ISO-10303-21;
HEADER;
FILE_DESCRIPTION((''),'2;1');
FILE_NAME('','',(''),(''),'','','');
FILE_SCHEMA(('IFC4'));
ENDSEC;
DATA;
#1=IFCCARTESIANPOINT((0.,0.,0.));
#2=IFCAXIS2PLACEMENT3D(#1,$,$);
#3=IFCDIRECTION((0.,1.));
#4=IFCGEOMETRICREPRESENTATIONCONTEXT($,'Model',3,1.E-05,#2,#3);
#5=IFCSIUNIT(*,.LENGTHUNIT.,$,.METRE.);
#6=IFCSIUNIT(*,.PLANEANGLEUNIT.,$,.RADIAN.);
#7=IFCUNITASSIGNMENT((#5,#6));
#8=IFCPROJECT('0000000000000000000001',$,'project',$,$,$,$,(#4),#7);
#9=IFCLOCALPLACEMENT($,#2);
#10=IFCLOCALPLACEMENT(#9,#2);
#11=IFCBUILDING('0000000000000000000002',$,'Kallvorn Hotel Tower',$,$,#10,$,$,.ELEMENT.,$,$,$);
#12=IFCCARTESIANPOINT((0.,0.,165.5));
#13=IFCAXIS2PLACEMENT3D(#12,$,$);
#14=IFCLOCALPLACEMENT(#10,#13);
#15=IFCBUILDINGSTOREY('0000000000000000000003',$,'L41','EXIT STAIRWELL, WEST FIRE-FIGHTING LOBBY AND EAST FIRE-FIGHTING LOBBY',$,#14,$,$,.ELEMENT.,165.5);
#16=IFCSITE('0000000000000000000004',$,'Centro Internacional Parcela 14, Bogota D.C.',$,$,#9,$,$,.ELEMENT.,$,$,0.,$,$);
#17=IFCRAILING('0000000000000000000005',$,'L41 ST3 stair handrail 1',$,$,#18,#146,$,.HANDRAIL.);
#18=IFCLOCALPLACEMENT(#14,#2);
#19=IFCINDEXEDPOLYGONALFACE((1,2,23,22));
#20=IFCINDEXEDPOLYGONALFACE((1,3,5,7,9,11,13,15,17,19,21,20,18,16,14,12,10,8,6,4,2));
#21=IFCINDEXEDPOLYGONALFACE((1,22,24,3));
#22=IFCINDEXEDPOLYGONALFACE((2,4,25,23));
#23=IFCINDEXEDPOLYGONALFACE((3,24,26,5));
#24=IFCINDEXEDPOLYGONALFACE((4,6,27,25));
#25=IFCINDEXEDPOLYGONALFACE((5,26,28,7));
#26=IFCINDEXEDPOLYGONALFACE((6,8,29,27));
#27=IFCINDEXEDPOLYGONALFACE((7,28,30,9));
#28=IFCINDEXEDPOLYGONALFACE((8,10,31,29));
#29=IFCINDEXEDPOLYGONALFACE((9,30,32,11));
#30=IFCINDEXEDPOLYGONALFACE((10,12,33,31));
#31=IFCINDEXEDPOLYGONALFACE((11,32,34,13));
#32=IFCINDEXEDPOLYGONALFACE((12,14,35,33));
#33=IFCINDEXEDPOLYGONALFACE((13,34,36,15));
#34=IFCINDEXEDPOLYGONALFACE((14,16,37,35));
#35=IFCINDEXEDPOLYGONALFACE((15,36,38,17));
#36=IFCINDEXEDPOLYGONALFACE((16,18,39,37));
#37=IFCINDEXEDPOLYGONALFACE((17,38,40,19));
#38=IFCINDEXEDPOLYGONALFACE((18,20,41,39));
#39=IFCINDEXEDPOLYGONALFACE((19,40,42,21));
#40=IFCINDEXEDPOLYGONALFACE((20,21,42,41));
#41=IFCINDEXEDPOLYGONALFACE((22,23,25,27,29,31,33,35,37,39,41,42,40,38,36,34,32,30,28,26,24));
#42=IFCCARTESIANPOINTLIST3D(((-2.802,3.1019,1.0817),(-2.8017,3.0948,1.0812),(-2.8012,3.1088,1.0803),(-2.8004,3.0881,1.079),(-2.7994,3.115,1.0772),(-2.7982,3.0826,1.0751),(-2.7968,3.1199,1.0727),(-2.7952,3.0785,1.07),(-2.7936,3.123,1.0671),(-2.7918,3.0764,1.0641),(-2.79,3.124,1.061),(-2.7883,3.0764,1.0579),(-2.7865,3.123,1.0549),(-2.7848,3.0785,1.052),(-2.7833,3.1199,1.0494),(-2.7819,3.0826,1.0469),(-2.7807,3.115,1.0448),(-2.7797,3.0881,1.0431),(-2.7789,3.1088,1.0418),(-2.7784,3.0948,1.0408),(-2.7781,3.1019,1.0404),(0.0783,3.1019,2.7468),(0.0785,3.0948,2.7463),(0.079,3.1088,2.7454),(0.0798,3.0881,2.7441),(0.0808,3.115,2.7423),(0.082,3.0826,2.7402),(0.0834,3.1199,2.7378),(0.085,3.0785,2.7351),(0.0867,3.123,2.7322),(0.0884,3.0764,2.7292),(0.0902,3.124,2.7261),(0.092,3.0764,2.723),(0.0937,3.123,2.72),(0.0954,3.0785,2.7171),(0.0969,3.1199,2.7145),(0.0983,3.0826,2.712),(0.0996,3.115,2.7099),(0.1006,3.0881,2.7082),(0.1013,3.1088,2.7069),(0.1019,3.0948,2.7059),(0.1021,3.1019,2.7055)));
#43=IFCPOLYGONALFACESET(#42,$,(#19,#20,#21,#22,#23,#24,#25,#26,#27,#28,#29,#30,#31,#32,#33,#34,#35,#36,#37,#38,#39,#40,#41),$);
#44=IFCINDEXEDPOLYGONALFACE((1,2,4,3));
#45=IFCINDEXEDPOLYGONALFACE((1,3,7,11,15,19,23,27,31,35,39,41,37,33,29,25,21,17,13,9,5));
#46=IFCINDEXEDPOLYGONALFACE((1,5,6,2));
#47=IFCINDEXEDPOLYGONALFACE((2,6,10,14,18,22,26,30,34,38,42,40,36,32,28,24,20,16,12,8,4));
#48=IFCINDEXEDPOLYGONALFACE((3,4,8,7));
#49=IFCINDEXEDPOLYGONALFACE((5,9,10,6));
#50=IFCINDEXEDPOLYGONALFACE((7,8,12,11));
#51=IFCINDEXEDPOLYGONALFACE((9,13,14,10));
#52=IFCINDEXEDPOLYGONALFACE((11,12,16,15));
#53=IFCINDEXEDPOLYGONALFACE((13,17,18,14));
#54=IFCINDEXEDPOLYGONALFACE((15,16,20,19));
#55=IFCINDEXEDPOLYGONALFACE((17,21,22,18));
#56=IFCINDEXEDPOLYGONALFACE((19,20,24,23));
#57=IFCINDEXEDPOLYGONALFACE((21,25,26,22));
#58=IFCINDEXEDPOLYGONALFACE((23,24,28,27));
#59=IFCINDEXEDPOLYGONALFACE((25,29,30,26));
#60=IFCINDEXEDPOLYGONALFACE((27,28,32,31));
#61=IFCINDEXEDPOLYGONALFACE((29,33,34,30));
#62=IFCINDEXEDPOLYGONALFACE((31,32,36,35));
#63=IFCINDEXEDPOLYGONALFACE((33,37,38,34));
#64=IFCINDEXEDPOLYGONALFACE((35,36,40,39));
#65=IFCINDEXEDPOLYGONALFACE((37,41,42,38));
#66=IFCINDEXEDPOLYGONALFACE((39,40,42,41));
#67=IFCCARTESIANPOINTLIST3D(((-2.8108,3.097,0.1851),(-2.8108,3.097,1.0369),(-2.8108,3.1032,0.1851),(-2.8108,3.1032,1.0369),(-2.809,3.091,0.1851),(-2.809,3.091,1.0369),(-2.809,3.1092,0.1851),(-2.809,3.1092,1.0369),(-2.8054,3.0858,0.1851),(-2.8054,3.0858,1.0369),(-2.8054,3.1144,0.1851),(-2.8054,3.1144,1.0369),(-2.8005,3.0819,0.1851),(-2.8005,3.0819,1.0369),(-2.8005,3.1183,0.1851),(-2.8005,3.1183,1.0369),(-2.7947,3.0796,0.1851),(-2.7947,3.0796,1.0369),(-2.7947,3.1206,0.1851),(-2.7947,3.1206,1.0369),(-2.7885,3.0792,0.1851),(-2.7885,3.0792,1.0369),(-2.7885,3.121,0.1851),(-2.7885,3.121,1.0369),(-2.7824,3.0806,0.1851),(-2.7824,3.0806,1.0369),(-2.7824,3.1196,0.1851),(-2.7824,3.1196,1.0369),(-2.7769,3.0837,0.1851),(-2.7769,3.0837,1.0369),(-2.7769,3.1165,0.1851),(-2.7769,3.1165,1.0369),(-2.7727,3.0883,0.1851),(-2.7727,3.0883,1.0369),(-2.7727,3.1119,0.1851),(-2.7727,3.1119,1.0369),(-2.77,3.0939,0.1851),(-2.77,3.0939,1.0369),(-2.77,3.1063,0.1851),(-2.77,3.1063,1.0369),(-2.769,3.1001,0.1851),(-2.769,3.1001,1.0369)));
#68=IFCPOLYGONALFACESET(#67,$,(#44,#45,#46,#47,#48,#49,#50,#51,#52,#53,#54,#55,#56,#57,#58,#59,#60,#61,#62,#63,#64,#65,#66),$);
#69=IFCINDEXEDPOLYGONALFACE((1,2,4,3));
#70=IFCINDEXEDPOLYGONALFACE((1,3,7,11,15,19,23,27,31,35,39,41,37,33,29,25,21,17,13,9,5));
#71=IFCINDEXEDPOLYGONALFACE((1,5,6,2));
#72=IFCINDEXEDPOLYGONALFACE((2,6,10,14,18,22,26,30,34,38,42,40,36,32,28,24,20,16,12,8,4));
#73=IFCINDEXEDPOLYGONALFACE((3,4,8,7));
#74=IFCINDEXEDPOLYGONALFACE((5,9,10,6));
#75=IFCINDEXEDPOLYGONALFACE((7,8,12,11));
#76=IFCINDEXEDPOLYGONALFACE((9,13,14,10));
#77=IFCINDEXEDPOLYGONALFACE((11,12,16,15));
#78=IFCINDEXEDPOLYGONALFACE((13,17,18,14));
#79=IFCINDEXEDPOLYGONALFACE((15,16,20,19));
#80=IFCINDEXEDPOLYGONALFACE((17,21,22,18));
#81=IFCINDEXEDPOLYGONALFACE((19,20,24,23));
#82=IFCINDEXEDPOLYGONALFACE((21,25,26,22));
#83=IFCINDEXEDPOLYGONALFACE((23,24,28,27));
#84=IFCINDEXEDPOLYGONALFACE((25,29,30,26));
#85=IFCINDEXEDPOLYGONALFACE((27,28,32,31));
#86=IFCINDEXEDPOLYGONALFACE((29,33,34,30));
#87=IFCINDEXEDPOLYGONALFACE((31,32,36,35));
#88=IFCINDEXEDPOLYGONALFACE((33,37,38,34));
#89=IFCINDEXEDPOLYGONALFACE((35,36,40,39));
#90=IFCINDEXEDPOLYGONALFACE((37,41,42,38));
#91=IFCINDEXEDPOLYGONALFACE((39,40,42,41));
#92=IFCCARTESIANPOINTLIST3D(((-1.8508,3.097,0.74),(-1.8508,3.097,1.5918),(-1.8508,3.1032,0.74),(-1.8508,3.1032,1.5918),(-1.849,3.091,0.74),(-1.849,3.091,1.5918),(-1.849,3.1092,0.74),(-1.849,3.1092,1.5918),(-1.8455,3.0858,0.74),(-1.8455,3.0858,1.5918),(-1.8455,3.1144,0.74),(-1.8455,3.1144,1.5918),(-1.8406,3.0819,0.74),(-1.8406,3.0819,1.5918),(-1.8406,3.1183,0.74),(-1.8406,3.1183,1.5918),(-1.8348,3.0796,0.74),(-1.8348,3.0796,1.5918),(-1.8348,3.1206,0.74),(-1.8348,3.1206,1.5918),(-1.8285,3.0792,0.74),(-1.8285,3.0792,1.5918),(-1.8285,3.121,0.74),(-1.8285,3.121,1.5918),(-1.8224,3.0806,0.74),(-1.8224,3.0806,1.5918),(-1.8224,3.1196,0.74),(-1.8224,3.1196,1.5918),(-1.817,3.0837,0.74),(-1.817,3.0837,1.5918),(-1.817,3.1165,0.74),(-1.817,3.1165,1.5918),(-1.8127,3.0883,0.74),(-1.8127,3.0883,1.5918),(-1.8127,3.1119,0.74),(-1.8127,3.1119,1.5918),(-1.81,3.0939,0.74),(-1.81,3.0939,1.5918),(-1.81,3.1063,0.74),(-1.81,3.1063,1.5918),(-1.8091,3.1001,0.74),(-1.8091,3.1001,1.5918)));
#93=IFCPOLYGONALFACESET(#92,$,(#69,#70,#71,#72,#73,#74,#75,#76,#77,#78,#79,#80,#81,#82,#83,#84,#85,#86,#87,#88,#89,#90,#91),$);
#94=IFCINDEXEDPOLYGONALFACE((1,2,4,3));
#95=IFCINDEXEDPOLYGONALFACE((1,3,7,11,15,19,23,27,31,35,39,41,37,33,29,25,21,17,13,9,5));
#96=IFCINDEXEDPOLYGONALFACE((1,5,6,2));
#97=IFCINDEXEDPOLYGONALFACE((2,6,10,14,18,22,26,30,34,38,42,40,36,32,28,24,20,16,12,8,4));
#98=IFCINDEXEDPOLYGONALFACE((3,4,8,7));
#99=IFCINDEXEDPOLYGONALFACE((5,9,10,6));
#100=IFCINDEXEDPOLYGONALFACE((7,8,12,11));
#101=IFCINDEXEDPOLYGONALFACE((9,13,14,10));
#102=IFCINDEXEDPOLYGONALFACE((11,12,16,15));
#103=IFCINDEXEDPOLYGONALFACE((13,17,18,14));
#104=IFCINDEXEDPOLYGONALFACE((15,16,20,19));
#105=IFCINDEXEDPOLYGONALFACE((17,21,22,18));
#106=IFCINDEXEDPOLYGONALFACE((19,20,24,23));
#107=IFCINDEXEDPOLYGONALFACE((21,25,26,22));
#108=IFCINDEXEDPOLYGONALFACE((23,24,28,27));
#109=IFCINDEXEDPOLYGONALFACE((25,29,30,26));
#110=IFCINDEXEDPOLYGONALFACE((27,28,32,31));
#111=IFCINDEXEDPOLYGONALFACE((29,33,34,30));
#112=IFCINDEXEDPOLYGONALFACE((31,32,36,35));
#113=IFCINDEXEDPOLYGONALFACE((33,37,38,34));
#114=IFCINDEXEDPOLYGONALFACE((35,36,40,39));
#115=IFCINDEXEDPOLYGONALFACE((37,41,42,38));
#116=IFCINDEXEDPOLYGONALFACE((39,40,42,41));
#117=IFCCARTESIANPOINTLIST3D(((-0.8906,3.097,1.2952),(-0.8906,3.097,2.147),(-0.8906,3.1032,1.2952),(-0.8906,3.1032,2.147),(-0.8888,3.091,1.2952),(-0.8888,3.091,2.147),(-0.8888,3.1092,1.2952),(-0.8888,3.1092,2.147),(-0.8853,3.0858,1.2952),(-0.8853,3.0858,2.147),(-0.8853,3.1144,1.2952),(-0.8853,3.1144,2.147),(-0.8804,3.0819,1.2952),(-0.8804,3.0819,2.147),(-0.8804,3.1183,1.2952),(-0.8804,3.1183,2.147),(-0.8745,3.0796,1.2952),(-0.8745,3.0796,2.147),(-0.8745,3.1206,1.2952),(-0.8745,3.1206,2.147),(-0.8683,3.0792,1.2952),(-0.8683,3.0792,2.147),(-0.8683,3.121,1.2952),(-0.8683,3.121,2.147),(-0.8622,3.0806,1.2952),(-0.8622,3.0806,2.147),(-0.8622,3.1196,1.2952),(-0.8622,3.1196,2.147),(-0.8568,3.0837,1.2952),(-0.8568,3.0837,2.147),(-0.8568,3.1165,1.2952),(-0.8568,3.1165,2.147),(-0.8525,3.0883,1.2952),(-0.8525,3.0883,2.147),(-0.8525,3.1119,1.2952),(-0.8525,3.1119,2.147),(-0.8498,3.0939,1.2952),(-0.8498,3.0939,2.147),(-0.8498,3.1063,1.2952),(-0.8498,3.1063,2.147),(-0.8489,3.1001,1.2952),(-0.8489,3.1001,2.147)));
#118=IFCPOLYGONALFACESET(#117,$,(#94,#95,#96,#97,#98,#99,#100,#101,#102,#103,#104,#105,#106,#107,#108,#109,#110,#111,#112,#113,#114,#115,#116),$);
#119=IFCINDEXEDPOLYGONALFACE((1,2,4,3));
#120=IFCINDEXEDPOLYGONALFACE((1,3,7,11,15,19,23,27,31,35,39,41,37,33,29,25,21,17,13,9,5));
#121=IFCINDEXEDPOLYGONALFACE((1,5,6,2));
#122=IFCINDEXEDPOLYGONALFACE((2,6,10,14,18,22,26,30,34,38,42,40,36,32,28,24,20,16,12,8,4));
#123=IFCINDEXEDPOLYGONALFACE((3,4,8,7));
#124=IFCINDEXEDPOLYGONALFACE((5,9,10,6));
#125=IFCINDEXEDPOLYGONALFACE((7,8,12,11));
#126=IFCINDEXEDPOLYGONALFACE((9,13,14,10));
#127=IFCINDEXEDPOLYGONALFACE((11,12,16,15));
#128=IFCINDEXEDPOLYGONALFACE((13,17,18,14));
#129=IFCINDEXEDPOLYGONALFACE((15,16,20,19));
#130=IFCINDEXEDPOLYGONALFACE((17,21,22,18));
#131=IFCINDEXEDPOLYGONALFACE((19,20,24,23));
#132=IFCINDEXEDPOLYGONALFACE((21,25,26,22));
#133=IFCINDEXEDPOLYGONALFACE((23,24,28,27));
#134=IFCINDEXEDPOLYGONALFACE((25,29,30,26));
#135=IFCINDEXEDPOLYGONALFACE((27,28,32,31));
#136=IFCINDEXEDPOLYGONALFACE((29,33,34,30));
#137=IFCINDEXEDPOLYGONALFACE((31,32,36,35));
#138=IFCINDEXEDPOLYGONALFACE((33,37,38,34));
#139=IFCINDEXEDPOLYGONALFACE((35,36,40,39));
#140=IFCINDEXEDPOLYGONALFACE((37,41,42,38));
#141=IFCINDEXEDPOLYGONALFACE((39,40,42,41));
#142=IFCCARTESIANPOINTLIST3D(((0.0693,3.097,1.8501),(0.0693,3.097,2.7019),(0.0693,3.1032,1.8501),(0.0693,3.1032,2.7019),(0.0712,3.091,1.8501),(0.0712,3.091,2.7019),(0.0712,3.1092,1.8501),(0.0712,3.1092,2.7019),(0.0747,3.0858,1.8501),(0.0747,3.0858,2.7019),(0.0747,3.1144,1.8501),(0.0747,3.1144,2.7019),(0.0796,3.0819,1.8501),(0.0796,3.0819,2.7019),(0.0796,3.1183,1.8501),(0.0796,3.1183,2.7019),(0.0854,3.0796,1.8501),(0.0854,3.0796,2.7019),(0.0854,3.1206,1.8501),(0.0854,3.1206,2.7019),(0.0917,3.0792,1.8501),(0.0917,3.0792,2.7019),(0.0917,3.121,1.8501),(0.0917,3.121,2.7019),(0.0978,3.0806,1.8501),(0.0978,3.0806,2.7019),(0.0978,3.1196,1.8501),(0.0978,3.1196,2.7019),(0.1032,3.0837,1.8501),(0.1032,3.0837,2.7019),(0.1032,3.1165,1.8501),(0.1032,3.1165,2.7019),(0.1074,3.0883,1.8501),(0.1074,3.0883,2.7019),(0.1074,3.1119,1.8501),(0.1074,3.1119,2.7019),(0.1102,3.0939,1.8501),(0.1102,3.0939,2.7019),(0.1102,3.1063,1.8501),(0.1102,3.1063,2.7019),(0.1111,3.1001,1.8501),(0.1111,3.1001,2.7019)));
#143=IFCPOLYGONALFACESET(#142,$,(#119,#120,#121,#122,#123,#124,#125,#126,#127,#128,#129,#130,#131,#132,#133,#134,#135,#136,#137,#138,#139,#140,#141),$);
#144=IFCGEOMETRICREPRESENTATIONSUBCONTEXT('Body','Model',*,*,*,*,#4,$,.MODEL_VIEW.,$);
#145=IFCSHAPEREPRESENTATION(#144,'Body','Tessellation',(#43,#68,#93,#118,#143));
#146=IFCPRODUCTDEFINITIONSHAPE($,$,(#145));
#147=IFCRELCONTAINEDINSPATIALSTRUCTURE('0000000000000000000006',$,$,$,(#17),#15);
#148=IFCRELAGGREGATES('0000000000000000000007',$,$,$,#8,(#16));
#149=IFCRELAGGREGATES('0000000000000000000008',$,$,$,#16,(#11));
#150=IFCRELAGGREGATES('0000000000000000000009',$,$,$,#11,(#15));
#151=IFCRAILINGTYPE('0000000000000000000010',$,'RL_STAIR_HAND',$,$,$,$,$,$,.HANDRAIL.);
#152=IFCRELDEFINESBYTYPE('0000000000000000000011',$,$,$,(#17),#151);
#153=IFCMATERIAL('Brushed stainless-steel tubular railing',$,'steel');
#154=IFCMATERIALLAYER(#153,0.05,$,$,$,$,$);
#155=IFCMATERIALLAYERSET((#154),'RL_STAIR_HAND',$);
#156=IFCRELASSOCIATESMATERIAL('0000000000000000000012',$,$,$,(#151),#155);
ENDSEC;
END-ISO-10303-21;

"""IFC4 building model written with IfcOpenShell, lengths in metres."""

from ifc_helpers import new_model, si_unit, direction, frame, origin, origin_2d, place, context, subcontext, project, spatial, circle, extrude, material, layer, layer_set, type_object, element, save


model = new_model("IFC4")

# Units and contexts
model_context = context("Model", 3, precision=1e-05, world=origin(), true_north=direction((0.0, 1.0)))
body_context = subcontext(model_context, "Body", "Model", "MODEL_VIEW")
ifc_project = project(units=[si_unit("LENGTHUNIT", "METRE"), si_unit("PLANEANGLEUNIT", "RADIAN")], contexts=[model_context])

# Site, building, storey
site_placement = place(None, origin())
site = spatial("IfcSite", under=ifc_project, at=site_placement, Name="Centro Internacional Parcela 14, Bogota D.C.", CompositionType="ELEMENT", RefElevation=0.0)
building_placement = place(site_placement, origin())
building = spatial("IfcBuilding", under=site, at=building_placement, Name="Kallvorn Hotel Tower", CompositionType="ELEMENT")
storey_placement = place(building_placement, frame((0.0, 0.0, 165.5)))
storey = spatial("IfcBuildingStorey", under=building, at=storey_placement, Name="L41", Description="EXIT STAIRWELL, WEST FIRE-FIGHTING LOBBY AND EAST FIRE-FIGHTING LOBBY", CompositionType="ELEMENT", Elevation=165.5)

# Railing
ifc_material_1 = material(Name="Brushed stainless-steel tubular railing", Category="steel")
ifc_layer_1 = layer(ifc_material_1, 0.05)
ifc_layer_set_1 = layer_set([ifc_layer_1], Name="RL_STAIR_HAND")
railing_type_1 = type_object("IfcRailingType", Name="RL_STAIR_HAND", PredefinedType="HANDRAIL", material=ifc_layer_set_1)
railing_1_placement = place(storey_placement, frame((-2.79, 3.1001, 0.1851)))
element("IfcRailing", 1, at=railing_1_placement, inside=storey, type_object=railing_type_1, Name="L41 ST3 stair handrail 1", PredefinedType="HANDRAIL", context=body_context, shape_type="SweptSolid", body=[
    extrude(circle(Radius=0.0239, at=origin_2d()), frame((0.0, 0.0, 0.876), z_axis=(0.865739, 0.0, 0.500495), x_axis=(0.0, 1.0, 0.0)), (0.0, 0.0, 1.0), 3.3269),
    extrude(circle(Radius=0.021, at=origin_2d()), origin(), (0.0, 0.0, 1.0), 0.8518),
    extrude(circle(Radius=0.021, at=origin_2d()), frame((0.96, 0.0, 0.5549)), (0.0, 0.0, 1.0), 0.8518),
    extrude(circle(Radius=0.021, at=origin_2d()), frame((1.9202, 0.0, 1.1101)), (0.0, 0.0, 1.0), 0.8518),
    extrude(circle(Radius=0.021, at=origin_2d()), frame((2.8801, 0.0, 1.665)), (0.0, 0.0, 1.0), 0.8518),
])

save(model, "model.ifc")
